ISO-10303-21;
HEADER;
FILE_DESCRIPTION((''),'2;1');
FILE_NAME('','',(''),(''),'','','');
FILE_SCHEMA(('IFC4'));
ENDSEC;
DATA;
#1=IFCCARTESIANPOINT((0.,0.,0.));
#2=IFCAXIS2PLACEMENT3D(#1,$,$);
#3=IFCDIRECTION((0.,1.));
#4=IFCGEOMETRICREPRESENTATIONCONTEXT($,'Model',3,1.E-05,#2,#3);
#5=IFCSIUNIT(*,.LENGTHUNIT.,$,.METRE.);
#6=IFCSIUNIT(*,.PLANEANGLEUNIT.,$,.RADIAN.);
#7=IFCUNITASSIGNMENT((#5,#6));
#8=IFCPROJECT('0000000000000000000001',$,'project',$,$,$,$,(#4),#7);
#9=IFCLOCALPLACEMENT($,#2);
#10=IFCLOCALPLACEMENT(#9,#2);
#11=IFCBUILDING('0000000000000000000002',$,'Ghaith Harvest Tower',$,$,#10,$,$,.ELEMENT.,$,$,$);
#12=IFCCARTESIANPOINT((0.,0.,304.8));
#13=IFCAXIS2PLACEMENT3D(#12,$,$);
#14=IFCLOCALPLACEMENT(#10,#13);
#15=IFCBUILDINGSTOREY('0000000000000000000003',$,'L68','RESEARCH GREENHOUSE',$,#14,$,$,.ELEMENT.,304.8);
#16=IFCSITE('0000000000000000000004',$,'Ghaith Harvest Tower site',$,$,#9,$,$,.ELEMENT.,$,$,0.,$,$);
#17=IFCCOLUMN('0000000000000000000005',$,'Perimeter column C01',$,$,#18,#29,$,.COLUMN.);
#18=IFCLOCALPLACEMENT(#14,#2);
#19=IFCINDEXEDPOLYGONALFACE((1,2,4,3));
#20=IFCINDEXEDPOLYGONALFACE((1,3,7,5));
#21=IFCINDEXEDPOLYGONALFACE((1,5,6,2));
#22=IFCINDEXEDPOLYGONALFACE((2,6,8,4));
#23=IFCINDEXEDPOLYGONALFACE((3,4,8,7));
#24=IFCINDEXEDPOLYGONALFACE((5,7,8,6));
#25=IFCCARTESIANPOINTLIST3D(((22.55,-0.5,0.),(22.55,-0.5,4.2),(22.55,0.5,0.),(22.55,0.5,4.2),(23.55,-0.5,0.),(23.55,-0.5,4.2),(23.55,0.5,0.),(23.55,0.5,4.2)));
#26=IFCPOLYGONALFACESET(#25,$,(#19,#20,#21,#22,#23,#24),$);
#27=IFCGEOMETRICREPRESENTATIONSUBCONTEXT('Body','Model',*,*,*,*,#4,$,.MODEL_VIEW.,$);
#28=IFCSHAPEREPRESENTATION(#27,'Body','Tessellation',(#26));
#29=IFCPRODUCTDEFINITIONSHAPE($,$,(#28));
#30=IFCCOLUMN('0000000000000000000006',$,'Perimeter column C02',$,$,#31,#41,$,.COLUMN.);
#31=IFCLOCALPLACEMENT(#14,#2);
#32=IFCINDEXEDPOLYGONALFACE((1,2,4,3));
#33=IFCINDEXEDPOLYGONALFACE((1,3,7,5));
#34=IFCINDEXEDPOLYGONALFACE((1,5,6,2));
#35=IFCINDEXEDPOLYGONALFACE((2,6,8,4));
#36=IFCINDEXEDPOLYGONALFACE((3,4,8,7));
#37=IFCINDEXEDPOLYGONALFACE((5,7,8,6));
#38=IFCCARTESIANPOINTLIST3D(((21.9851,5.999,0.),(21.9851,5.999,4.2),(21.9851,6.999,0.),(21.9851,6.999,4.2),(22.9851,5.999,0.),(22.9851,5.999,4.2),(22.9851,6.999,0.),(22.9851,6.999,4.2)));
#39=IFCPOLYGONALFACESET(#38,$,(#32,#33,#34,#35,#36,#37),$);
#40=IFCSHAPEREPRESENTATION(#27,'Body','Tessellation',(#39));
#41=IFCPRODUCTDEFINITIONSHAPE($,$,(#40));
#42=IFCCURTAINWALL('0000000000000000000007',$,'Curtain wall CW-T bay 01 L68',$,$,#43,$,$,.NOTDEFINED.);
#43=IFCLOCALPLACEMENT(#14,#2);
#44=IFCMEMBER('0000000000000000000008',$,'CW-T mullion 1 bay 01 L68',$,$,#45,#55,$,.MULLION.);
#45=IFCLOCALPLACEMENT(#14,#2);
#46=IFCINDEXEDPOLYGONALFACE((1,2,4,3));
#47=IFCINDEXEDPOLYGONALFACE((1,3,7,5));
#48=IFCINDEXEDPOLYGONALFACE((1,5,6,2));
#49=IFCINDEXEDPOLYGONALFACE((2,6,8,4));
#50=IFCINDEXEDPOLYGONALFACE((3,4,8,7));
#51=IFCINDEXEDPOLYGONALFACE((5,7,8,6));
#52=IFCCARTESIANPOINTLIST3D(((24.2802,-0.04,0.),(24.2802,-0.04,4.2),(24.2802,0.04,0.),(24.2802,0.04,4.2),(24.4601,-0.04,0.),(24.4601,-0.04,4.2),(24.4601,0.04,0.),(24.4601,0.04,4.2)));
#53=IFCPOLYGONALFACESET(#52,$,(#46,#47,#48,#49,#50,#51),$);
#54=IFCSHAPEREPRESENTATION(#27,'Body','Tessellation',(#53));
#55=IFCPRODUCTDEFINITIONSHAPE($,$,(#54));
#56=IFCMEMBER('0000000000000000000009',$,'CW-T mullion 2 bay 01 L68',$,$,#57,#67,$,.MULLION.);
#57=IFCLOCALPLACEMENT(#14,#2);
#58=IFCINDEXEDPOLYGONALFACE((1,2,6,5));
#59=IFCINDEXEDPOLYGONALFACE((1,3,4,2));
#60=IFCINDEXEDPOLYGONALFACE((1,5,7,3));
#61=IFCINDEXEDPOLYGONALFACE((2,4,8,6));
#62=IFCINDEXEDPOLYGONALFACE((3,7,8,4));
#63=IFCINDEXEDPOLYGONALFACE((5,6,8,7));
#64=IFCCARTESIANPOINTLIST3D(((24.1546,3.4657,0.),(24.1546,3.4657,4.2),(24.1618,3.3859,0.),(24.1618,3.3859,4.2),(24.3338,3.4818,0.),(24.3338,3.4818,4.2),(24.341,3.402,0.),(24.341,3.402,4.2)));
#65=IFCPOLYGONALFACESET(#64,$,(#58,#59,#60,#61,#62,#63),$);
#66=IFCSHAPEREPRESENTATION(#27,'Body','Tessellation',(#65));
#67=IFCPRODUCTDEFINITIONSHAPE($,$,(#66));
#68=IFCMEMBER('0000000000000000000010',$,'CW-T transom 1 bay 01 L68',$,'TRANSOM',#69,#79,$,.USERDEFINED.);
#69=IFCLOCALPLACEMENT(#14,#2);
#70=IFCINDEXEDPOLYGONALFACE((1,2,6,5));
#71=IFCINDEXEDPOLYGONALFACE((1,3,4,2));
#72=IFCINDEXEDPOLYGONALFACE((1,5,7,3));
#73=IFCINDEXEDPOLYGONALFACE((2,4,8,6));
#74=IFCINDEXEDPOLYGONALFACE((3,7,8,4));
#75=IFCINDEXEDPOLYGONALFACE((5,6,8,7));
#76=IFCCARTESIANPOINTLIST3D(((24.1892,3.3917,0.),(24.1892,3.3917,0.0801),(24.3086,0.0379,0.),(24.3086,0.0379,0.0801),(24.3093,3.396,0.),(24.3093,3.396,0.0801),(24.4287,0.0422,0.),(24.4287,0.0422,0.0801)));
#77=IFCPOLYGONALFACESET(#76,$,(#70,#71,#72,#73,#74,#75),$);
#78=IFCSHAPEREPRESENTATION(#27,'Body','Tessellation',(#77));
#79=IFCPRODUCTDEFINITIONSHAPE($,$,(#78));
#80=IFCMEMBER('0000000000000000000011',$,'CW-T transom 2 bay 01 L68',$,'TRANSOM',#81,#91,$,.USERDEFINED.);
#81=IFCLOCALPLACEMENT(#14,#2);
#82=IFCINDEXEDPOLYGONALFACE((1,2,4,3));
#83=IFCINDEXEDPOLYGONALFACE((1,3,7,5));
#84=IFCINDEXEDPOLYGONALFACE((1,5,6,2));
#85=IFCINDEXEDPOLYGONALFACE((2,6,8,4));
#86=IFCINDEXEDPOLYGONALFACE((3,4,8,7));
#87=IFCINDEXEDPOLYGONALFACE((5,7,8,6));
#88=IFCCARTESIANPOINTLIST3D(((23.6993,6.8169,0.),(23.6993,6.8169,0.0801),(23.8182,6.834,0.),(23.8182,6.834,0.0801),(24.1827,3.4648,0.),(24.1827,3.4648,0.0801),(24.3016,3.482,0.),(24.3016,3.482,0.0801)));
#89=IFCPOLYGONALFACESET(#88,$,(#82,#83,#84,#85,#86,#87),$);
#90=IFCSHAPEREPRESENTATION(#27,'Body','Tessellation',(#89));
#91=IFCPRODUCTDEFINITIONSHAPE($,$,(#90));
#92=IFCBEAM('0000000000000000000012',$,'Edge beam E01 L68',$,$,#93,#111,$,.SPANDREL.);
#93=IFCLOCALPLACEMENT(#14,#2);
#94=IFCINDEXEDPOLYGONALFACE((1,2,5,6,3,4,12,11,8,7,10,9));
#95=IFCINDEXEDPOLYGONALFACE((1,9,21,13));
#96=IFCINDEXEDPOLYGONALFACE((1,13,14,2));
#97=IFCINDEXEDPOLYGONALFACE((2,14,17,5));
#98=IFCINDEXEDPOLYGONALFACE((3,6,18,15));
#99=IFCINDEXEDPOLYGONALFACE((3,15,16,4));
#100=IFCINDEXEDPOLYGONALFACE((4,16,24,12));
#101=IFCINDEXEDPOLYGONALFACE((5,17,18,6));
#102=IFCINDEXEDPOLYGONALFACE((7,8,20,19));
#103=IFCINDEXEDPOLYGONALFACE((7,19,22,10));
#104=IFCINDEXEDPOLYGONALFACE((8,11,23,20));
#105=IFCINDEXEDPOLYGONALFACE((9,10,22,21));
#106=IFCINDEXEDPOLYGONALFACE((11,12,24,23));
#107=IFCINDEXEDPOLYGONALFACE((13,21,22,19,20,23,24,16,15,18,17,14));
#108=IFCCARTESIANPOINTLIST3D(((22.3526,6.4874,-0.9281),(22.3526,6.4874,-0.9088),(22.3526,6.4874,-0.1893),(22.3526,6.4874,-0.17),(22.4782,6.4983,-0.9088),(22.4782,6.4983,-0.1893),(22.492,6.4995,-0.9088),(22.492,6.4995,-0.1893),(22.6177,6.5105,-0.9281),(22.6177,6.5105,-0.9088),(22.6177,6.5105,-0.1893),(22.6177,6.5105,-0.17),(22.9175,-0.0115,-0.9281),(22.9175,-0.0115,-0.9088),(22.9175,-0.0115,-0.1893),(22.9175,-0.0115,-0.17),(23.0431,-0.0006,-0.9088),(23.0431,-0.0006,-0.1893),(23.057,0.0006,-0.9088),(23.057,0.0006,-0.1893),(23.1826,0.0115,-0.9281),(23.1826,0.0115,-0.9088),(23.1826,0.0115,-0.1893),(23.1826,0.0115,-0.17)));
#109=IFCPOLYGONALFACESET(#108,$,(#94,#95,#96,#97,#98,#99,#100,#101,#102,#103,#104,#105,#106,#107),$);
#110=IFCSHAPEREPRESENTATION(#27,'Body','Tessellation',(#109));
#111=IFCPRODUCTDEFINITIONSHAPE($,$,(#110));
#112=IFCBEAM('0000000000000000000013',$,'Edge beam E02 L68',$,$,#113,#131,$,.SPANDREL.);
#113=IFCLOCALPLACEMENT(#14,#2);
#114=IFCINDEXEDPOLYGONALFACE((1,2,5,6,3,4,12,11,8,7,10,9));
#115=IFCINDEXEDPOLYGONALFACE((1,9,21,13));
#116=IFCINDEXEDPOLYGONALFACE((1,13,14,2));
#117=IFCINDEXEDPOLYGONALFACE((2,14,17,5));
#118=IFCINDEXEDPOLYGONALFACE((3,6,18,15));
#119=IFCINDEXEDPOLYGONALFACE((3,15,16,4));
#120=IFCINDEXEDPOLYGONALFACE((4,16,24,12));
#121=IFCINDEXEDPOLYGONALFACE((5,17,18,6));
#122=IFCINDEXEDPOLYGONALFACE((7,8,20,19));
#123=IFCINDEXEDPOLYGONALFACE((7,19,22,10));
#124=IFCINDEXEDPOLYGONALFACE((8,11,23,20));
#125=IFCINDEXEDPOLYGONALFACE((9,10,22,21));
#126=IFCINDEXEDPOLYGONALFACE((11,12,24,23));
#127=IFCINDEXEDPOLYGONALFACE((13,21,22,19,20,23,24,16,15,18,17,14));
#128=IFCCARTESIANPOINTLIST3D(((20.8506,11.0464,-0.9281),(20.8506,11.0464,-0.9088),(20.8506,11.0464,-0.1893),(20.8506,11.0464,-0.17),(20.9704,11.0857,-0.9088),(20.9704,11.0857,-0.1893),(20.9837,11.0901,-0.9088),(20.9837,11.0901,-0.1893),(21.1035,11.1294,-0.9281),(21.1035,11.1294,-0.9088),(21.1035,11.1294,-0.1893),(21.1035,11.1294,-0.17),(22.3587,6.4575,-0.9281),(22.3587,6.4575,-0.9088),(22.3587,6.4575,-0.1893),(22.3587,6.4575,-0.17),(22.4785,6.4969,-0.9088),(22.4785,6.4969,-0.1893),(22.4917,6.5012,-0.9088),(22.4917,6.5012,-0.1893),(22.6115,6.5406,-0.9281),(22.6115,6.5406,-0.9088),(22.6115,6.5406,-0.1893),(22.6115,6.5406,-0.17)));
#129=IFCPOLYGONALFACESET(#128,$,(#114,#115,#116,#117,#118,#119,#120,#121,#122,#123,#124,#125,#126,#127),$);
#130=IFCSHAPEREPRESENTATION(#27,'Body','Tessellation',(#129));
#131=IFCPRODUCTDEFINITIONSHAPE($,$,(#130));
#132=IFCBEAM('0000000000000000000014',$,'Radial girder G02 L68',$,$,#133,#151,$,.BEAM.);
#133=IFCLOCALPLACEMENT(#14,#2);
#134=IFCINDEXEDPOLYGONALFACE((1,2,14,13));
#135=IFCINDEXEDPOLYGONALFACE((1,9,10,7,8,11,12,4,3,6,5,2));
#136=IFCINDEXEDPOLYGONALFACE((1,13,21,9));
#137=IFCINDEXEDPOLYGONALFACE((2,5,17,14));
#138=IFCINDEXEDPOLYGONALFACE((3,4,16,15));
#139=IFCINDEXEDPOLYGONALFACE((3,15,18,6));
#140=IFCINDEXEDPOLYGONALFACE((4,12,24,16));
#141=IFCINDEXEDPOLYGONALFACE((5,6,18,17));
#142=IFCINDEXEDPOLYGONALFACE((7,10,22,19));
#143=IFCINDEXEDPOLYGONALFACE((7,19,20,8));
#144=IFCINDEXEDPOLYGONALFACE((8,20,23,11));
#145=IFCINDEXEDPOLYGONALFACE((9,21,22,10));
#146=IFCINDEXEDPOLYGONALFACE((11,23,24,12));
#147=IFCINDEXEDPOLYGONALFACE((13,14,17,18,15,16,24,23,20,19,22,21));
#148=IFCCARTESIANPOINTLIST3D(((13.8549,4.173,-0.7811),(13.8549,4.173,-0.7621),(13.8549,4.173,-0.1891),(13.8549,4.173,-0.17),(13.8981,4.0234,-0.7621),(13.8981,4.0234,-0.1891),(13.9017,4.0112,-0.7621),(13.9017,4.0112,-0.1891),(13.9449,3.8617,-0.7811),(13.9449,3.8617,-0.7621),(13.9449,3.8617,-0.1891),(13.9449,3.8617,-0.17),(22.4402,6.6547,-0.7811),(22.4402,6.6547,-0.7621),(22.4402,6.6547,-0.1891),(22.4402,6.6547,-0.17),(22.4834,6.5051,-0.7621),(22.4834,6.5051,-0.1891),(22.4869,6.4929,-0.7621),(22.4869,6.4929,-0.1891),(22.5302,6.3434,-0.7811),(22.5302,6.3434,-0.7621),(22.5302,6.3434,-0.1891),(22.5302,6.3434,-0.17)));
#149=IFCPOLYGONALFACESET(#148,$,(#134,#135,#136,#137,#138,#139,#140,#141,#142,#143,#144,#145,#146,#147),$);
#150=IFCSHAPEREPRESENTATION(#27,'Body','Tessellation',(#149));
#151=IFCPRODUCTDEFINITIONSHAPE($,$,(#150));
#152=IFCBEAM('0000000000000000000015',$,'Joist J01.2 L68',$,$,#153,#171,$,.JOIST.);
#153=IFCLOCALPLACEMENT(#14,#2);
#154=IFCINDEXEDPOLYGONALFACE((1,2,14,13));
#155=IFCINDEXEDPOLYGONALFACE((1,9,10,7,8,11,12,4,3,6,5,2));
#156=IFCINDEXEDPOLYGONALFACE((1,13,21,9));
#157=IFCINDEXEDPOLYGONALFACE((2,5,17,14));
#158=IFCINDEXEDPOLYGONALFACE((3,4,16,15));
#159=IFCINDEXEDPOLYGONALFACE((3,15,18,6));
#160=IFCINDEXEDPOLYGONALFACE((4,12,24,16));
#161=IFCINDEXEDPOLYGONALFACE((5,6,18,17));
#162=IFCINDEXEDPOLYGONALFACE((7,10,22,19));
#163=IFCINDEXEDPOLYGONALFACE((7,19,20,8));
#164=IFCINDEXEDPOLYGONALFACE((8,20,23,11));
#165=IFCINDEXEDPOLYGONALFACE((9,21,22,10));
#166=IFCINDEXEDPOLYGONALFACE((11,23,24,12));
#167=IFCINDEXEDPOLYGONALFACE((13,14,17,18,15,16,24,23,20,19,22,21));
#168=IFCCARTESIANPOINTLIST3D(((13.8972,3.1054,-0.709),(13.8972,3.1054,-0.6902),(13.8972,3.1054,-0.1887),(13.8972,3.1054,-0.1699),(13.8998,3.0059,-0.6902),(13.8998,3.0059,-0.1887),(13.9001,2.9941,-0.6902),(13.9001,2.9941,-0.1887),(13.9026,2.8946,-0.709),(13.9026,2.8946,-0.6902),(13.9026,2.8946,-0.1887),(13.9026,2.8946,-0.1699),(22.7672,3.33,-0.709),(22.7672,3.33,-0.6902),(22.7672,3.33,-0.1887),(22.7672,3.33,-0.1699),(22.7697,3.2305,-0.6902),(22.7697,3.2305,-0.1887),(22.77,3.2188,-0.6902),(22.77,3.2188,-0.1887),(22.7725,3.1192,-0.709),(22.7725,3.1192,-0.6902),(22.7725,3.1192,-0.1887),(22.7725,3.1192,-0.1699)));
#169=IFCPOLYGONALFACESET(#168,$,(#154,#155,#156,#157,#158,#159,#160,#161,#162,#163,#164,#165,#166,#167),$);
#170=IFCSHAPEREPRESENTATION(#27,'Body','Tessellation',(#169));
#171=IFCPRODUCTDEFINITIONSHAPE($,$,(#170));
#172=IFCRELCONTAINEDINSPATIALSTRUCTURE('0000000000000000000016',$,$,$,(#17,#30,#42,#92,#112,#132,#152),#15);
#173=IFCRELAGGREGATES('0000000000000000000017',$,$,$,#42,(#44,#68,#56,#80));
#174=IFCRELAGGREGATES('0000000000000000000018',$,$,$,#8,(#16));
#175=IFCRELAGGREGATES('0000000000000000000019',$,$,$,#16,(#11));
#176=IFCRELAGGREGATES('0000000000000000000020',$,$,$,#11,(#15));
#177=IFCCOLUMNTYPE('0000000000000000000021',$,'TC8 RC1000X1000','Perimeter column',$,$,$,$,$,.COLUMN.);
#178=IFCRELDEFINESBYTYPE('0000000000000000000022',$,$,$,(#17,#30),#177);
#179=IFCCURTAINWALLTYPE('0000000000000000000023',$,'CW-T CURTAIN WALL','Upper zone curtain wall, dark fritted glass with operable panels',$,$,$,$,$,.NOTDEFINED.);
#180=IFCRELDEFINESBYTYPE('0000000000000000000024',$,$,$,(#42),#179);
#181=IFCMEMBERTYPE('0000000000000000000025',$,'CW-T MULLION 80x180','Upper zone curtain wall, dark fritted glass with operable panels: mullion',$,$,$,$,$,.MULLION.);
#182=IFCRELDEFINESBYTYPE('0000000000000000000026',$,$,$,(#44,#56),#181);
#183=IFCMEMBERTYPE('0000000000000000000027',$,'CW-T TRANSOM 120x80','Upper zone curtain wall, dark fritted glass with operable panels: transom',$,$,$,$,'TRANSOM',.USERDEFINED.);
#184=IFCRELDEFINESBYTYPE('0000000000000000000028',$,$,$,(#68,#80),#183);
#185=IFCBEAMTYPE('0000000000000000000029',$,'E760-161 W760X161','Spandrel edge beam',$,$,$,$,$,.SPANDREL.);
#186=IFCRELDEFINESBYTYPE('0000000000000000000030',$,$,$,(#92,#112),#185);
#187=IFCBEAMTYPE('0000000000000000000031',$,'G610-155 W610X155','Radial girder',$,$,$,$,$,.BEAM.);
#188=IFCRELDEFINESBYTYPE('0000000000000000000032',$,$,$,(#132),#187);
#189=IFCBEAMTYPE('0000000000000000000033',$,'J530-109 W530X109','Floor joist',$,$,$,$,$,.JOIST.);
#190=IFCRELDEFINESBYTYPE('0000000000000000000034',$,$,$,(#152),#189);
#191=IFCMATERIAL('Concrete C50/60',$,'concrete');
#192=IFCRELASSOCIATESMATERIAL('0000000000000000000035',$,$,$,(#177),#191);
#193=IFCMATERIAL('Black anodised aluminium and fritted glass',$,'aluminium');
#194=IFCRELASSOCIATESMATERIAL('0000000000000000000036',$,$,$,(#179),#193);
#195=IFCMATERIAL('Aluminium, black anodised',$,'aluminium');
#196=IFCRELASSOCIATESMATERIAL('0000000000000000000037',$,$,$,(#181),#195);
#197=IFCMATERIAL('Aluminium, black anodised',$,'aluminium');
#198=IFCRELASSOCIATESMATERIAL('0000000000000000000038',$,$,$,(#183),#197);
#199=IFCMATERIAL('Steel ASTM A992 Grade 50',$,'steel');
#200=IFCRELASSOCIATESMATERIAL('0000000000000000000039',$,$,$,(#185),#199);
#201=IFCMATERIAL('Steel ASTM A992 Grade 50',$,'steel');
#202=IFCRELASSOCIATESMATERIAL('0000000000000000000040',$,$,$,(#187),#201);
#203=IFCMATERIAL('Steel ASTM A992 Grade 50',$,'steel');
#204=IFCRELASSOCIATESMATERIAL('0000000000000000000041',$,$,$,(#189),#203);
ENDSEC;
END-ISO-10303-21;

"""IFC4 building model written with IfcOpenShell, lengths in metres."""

from ifc_helpers import new_model, si_unit, direction, frame, origin, origin_2d, place, context, subcontext, project, spatial, rectangle, i_section, extrude, material, material_profile, profile_set, type_object, element, aggregate, save


model = new_model("IFC4")

# Units and contexts
model_context = context("Model", 3, precision=1e-05, world=origin(), true_north=direction((0.0, 1.0)))
body_context = subcontext(model_context, "Body", "Model", "MODEL_VIEW")
ifc_project = project(units=[si_unit("LENGTHUNIT", "METRE"), si_unit("PLANEANGLEUNIT", "RADIAN")], contexts=[model_context])

# Site, building, storey
site_placement = place(None, origin())
site = spatial("IfcSite", under=ifc_project, at=site_placement, Name="Ghaith Harvest Tower site", CompositionType="ELEMENT", RefElevation=0.0)
building_placement = place(site_placement, origin())
building = spatial("IfcBuilding", under=site, at=building_placement, Name="Ghaith Harvest Tower", CompositionType="ELEMENT")
storey_placement = place(building_placement, frame((0.0, 0.0, 304.8)))
storey = spatial("IfcBuildingStorey", under=building, at=storey_placement, Name="L68", Description="RESEARCH GREENHOUSE", CompositionType="ELEMENT", Elevation=304.8)

# Columns
ifc_material_1 = material(Name="Concrete C50/60", Category="concrete")
ifc_material_profile_1 = material_profile(ifc_material_1, rectangle(XDim=1.0, YDim=1.0, at=origin_2d()), Name="RC1000X1000")
ifc_profile_set_1 = profile_set([ifc_material_profile_1], Name="Concrete C50/60")
column_type = type_object("IfcColumnType", Name="TC8 RC1000X1000", Description="Perimeter column", PredefinedType="COLUMN", material=ifc_profile_set_1)
for number, where, z_axis, x_axis, name in (
    (1, (23.05, 0.0, 0.0), (0.0, 0.0, 1.0), (1.0, 0.0, 0.0), "Perimeter column C01"),
    (2, (22.4851, 6.499, 0.0), (0.0, 0.0, 1.0), (1.0, 0.0, 0.0), "Perimeter column C02"),
):
    element("IfcColumn", number, at=place(storey_placement, frame(where, z_axis=z_axis, x_axis=x_axis)), inside=storey, type_object=column_type, Name=name, PredefinedType="COLUMN", context=body_context, shape_type="SweptSolid", body=[
        extrude(rectangle(XDim=1.0, YDim=1.0, at=origin_2d()), origin(), (0.0, 0.0, 1.0), 4.2),
    ])

# Curtain wall, members
ifc_material_2 = material(Name="Black anodised aluminium and fritted glass", Category="aluminium")
curtain_wall_type = type_object("IfcCurtainWallType", Name="CW-T CURTAIN WALL", Description="Upper zone curtain wall, dark fritted glass with operable panels", PredefinedType="NOTDEFINED", material=ifc_material_2)
curtain_wall_placement = place(storey_placement, origin())
curtain_wall = element("IfcCurtainWall", 3, at=curtain_wall_placement, inside=storey, type_object=curtain_wall_type, Name="Curtain wall CW-T bay 01 L68", PredefinedType="NOTDEFINED")
ifc_material_3 = material(Name="Aluminium, black anodised", Category="aluminium")
ifc_material_profile_2 = material_profile(ifc_material_3, rectangle(XDim=0.0801, YDim=0.1799, at=origin_2d()), Name="CW-T MULLION 80x180")
ifc_profile_set_2 = profile_set([ifc_material_profile_2], Name="Aluminium, black anodised")
member_type_1 = type_object("IfcMemberType", Name="CW-T MULLION 80x180", Description="Upper zone curtain wall, dark fritted glass with operable panels: mullion", PredefinedType="MULLION", material=ifc_profile_set_2)
member_1_placement = place(storey_placement, frame((24.3701, 0.0, 0.0), z_axis=(0.0, 0.0, 1.0), x_axis=(0.0, 1.0, 0.0)))
member_1 = element("IfcMember", 4, at=member_1_placement, type_object=member_type_1, Name="CW-T mullion 1 bay 01 L68", PredefinedType="MULLION", context=body_context, shape_type="SweptSolid", body=[
    extrude(rectangle(XDim=0.0801, YDim=0.1799, at=origin_2d()), origin(), (0.0, 0.0, 1.0), 4.2),
])
member_2_placement = place(storey_placement, frame((24.2478, 3.4338, 0.0), z_axis=(0.0, 0.0, 1.0), x_axis=(-0.089502, 0.995987, 0.0)))
member_2 = element("IfcMember", 5, at=member_2_placement, type_object=member_type_1, Name="CW-T mullion 2 bay 01 L68", PredefinedType="MULLION", context=body_context, shape_type="SweptSolid", body=[
    extrude(rectangle(XDim=0.0801, YDim=0.1799, at=origin_2d()), origin(), (0.0, 0.0, 1.0), 4.2),
])
ifc_material_4 = material(Name="Aluminium, black anodised", Category="aluminium")
ifc_material_profile_3 = material_profile(ifc_material_4, rectangle(XDim=0.1201, YDim=0.0801, at=origin_2d()), Name="CW-T TRANSOM 120x80")
ifc_profile_set_3 = profile_set([ifc_material_profile_3], Name="Aluminium, black anodised")
member_type_2 = type_object("IfcMemberType", Name="CW-T TRANSOM 120x80", Description="Upper zone curtain wall, dark fritted glass with operable panels: transom", ElementType="TRANSOM", PredefinedType="USERDEFINED", material=ifc_profile_set_3)
member_3_placement = place(storey_placement, frame((24.3687, 0.04, 0.04), z_axis=(-0.035575, 0.999367, 0.0), x_axis=(-0.999367, -0.035575, 0.0)))
member_3 = element("IfcMember", 6, at=member_3_placement, type_object=member_type_2, Name="CW-T transom 1 bay 01 L68", ObjectType="TRANSOM", PredefinedType="USERDEFINED", context=body_context, shape_type="SweptSolid", body=[
    extrude(rectangle(XDim=0.1201, YDim=0.0801, at=origin_2d()), origin(), (0.0, 0.0, 1.0), 3.356),
])
member_4_placement = place(storey_placement, frame((24.2422, 3.4734, 0.04), z_axis=(-0.142733, 0.989761, 0.0), x_axis=(-0.989761, -0.142733, 0.0)))
member_4 = element("IfcMember", 7, at=member_4_placement, type_object=member_type_2, Name="CW-T transom 2 bay 01 L68", ObjectType="TRANSOM", PredefinedType="USERDEFINED", context=body_context, shape_type="SweptSolid", body=[
    extrude(rectangle(XDim=0.1201, YDim=0.0801, at=origin_2d()), origin(), (0.0, 0.0, 1.0), 3.3867),
])

# Beams
ifc_material_5 = material(Name="Steel ASTM A992 Grade 50", Category="steel")
ifc_material_profile_4 = material_profile(ifc_material_5, i_section(OverallWidth=0.2661, OverallDepth=0.7581, WebThickness=0.0139, FlangeThickness=0.0193, at=origin_2d()), Name="W760X161")
ifc_profile_set_4 = profile_set([ifc_material_profile_4], Name="Steel ASTM A992 Grade 50")
beam_type_1 = type_object("IfcBeamType", Name="E760-161 W760X161", Description="Spandrel edge beam", PredefinedType="SPANDREL", material=ifc_profile_set_4)
beam_1_placement = place(storey_placement, frame((23.05, 0.0, -0.5491), z_axis=(-0.086601, 0.996243, 0.0), x_axis=(-0.996243, -0.086601, 0.0)))
element("IfcBeam", 8, at=beam_1_placement, inside=storey, type_object=beam_type_1, Name="Edge beam E01 L68", PredefinedType="SPANDREL", context=body_context, shape_type="SweptSolid", body=[
    extrude(i_section(OverallWidth=0.2661, OverallDepth=0.7581, WebThickness=0.0139, FlangeThickness=0.0193, at=origin_2d()), origin(), (0.0, 0.0, 1.0), 6.5234),
])
beam_2_placement = place(storey_placement, frame((22.4851, 6.499, -0.5491), z_axis=(-0.312207, 0.950014, 0.0), x_axis=(-0.950014, -0.312207, 0.0)))
element("IfcBeam", 9, at=beam_2_placement, inside=storey, type_object=beam_type_1, Name="Edge beam E02 L68", PredefinedType="SPANDREL", context=body_context, shape_type="SweptSolid", body=[
    extrude(i_section(OverallWidth=0.2661, OverallDepth=0.7581, WebThickness=0.0139, FlangeThickness=0.0193, at=origin_2d()), origin(), (0.0, 0.0, 1.0), 4.8303),
])
ifc_material_6 = material(Name="Steel ASTM A992 Grade 50", Category="steel")
ifc_material_profile_5 = material_profile(ifc_material_6, i_section(OverallWidth=0.324, OverallDepth=0.6111, WebThickness=0.0127, FlangeThickness=0.019, at=origin_2d()), Name="W610X155")
ifc_profile_set_5 = profile_set([ifc_material_profile_5], Name="Steel ASTM A992 Grade 50")
beam_type_2 = type_object("IfcBeamType", Name="G610-155 W610X155", Description="Radial girder", PredefinedType="BEAM", material=ifc_profile_set_5)
beam_3_placement = place(storey_placement, frame((13.8999, 4.0173, -0.4756), z_axis=(0.960669, 0.277697, 0.0), x_axis=(-0.277697, 0.960669, 0.0)))
element("IfcBeam", 10, at=beam_3_placement, inside=storey, type_object=beam_type_2, Name="Radial girder G02 L68", PredefinedType="BEAM", context=body_context, shape_type="SweptSolid", body=[
    extrude(i_section(OverallWidth=0.324, OverallDepth=0.6111, WebThickness=0.0127, FlangeThickness=0.019, at=origin_2d()), origin(), (0.0, 0.0, 1.0), 8.9368),
])
ifc_material_7 = material(Name="Steel ASTM A992 Grade 50", Category="steel")
ifc_material_profile_6 = material_profile(ifc_material_7, i_section(OverallWidth=0.2109, OverallDepth=0.5391, WebThickness=0.0117, FlangeThickness=0.0188, at=origin_2d()), Name="W530X109")
ifc_profile_set_6 = profile_set([ifc_material_profile_6], Name="Steel ASTM A992 Grade 50")
beam_type_3 = type_object("IfcBeamType", Name="J530-109 W530X109", Description="Floor joist", PredefinedType="JOIST", material=ifc_profile_set_6)
beam_4_placement = place(storey_placement, frame((13.8999, 3.0, -0.4395), z_axis=(0.99968, 0.025315, 0.0), x_axis=(-0.025315, 0.99968, 0.0)))
element("IfcBeam", 11, at=beam_4_placement, inside=storey, type_object=beam_type_3, Name="Joist J01.2 L68", PredefinedType="JOIST", context=body_context, shape_type="SweptSolid", body=[
    extrude(i_section(OverallWidth=0.2109, OverallDepth=0.5391, WebThickness=0.0117, FlangeThickness=0.0188, at=origin_2d()), origin(), (0.0, 0.0, 1.0), 8.8728),
])

aggregate(curtain_wall, [member_1, member_3, member_2, member_4])

save(model, "model.ifc")
